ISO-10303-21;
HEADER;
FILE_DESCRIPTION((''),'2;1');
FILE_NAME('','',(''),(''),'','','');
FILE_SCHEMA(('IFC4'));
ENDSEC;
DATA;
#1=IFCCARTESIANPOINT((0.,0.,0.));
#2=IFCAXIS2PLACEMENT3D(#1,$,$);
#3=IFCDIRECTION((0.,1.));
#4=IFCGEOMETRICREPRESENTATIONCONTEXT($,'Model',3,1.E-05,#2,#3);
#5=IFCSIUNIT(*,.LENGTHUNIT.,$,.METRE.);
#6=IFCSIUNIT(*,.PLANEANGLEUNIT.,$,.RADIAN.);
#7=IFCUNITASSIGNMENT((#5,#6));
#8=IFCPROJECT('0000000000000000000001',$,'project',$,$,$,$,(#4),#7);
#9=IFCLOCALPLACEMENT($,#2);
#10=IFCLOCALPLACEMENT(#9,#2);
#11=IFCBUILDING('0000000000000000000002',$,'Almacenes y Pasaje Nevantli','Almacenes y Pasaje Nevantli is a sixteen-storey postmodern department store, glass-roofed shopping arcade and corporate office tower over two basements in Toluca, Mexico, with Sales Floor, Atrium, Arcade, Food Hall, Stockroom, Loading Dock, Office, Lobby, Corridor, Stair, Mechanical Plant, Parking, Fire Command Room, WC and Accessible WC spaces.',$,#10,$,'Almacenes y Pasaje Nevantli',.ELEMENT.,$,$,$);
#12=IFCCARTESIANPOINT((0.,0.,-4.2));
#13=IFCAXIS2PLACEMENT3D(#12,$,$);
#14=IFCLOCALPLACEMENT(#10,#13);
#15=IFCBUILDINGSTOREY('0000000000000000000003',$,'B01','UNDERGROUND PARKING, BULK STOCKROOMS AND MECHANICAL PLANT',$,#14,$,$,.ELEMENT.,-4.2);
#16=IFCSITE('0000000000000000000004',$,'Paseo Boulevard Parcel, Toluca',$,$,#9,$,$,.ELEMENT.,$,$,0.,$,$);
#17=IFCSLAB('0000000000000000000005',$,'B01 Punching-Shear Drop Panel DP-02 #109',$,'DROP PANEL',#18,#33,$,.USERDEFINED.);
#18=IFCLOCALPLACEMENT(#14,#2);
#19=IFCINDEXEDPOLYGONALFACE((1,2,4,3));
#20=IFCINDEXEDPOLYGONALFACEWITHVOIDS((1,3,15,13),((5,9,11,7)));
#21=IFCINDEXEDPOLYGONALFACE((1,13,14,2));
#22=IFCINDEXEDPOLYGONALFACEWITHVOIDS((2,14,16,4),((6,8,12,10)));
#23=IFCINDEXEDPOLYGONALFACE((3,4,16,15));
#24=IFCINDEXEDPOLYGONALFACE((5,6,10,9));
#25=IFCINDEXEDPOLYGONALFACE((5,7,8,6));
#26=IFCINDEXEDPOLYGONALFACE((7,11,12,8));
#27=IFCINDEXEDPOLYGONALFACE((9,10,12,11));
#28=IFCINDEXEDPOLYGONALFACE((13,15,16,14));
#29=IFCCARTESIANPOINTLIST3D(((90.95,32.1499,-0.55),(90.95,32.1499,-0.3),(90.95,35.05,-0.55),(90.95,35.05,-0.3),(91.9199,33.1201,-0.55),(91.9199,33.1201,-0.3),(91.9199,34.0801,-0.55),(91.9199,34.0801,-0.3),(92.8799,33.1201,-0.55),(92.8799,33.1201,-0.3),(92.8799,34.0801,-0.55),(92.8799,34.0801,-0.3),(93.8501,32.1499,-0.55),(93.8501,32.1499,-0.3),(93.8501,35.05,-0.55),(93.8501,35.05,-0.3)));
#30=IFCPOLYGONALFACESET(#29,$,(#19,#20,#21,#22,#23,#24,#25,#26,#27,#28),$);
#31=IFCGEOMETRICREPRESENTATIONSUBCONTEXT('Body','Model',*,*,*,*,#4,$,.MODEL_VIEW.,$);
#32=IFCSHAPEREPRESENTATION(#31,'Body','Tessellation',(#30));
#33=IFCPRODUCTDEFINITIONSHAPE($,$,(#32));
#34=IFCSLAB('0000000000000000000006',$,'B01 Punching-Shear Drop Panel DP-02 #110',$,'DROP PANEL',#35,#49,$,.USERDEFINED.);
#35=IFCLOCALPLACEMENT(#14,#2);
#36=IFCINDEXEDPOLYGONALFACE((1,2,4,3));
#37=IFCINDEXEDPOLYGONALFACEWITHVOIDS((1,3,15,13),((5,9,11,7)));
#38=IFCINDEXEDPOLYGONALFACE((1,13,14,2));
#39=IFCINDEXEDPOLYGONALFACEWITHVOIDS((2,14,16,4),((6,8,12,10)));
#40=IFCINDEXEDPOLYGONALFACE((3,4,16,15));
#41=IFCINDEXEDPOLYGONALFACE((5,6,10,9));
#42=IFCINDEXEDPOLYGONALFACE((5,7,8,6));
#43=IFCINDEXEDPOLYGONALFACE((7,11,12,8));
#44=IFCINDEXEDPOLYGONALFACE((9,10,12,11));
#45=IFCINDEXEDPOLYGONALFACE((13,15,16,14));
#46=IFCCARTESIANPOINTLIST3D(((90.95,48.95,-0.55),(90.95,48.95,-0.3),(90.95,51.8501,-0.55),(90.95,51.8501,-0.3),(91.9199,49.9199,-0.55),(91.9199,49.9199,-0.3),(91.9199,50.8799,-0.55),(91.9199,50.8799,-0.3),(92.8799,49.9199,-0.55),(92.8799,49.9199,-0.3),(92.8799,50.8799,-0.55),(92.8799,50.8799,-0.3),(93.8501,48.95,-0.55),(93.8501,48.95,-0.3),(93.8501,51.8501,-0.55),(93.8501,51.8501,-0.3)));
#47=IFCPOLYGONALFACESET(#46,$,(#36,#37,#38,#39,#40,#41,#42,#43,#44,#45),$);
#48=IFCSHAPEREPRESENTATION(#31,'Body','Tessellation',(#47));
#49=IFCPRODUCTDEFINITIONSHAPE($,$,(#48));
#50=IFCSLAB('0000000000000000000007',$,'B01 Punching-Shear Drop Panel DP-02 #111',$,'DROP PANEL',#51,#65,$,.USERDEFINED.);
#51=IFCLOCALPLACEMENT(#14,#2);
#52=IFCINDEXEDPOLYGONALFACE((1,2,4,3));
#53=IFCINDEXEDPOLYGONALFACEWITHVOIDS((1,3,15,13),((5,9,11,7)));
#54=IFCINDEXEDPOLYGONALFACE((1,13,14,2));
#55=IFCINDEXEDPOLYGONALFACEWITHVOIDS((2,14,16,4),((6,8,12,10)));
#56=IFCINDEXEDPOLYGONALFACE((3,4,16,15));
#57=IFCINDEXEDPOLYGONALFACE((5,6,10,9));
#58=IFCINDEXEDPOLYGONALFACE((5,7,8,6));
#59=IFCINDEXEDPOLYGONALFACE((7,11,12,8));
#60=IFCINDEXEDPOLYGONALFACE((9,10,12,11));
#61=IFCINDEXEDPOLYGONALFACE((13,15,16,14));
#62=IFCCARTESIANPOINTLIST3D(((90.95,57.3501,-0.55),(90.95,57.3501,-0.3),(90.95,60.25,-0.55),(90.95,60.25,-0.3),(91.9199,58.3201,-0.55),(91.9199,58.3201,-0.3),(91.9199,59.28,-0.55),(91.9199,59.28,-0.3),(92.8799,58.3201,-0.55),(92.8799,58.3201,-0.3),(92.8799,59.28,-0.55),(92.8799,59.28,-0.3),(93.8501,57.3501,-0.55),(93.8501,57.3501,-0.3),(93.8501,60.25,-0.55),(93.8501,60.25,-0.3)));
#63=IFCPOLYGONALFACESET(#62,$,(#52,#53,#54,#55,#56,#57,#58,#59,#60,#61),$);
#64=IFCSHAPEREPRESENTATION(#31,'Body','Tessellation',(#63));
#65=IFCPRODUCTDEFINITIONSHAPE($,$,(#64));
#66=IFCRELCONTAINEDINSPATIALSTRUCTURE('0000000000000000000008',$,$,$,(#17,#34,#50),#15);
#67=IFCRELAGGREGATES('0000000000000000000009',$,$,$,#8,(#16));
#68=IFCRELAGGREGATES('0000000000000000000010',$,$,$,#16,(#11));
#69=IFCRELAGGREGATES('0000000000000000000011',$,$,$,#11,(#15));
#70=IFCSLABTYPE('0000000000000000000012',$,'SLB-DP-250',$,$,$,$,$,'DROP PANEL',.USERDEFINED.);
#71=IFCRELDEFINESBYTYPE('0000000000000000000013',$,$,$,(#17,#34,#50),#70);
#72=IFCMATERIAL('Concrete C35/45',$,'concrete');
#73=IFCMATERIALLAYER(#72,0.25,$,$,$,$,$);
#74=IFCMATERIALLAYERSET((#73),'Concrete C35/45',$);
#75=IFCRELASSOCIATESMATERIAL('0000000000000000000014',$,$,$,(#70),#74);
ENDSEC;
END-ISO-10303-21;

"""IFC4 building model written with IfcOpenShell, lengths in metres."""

from ifc_helpers import new_model, si_unit, direction, frame, origin, place, context, subcontext, project, spatial, polyline, outline, extrude, material, layer, layer_set, type_object, element, save


model = new_model("IFC4")

# Units and contexts
model_context = context("Model", 3, precision=1e-05, world=origin(), true_north=direction((0.0, 1.0)))
body_context = subcontext(model_context, "Body", "Model", "MODEL_VIEW")
ifc_project = project(units=[si_unit("LENGTHUNIT", "METRE"), si_unit("PLANEANGLEUNIT", "RADIAN")], contexts=[model_context])

# Site, building, storey
site_placement = place(None, origin())
site = spatial("IfcSite", under=ifc_project, at=site_placement, Name="Paseo Boulevard Parcel, Toluca", CompositionType="ELEMENT", RefElevation=0.0)
building_placement = place(site_placement, origin())
building = spatial("IfcBuilding", under=site, at=building_placement, Name="Almacenes y Pasaje Nevantli", Description="Almacenes y Pasaje Nevantli is a sixteen-storey postmodern department store, glass-roofed shopping arcade and corporate office tower over two basements in Toluca, Mexico, with Sales Floor, Atrium, Arcade, Food Hall, Stockroom, Loading Dock, Office, Lobby, Corridor, Stair, Mechanical Plant, Parking, Fire Command Room, WC and Accessible WC spaces.", LongName="Almacenes y Pasaje Nevantli", CompositionType="ELEMENT")
storey_placement = place(building_placement, frame((0.0, 0.0, -4.2)))
storey = spatial("IfcBuildingStorey", under=building, at=storey_placement, Name="B01", Description="UNDERGROUND PARKING, BULK STOCKROOMS AND MECHANICAL PLANT", CompositionType="ELEMENT", Elevation=-4.2)

# Slabs
ifc_material = material(Name="Concrete C35/45", Category="concrete")
ifc_layer = layer(ifc_material, 0.25)
ifc_layer_set = layer_set([ifc_layer], Name="Concrete C35/45")
slab_type = type_object("IfcSlabType", Name="SLB-DP-250", ElementType="DROP PANEL", PredefinedType="USERDEFINED", material=ifc_layer_set)
slab_1_placement = place(storey_placement, frame((0.0, 0.0, -0.55)))
element("IfcSlab", 1, at=slab_1_placement, inside=storey, type_object=slab_type, Name="B01 Punching-Shear Drop Panel DP-02 #109", ObjectType="DROP PANEL", PredefinedType="USERDEFINED", context=body_context, shape_type="SweptSolid", body=[
    extrude(outline(polyline([(90.95, 32.1499), (93.8501, 32.1499), (93.8501, 35.05), (90.95, 35.05), (90.95, 32.1499)]), holes=[polyline([(91.9199, 33.1201), (92.8799, 33.1201), (92.8799, 34.0801), (91.9199, 34.0801), (91.9199, 33.1201)])]), origin(), (0.0, 0.0, 1.0), 0.25),
])
slab_2_placement = place(storey_placement, frame((0.0, 0.0, -0.55)))
element("IfcSlab", 2, at=slab_2_placement, inside=storey, type_object=slab_type, Name="B01 Punching-Shear Drop Panel DP-02 #110", ObjectType="DROP PANEL", PredefinedType="USERDEFINED", context=body_context, shape_type="SweptSolid", body=[
    extrude(outline(polyline([(90.95, 48.95), (93.8501, 48.95), (93.8501, 51.8501), (90.95, 51.8501), (90.95, 48.95)]), holes=[polyline([(91.9199, 49.9199), (92.8799, 49.9199), (92.8799, 50.8799), (91.9199, 50.8799), (91.9199, 49.9199)])]), origin(), (0.0, 0.0, 1.0), 0.25),
])
slab_3_placement = place(storey_placement, frame((0.0, 0.0, -0.55)))
element("IfcSlab", 3, at=slab_3_placement, inside=storey, type_object=slab_type, Name="B01 Punching-Shear Drop Panel DP-02 #111", ObjectType="DROP PANEL", PredefinedType="USERDEFINED", context=body_context, shape_type="SweptSolid", body=[
    extrude(outline(polyline([(90.95, 57.3501), (93.8501, 57.3501), (93.8501, 60.25), (90.95, 60.25), (90.95, 57.3501)]), holes=[polyline([(91.9199, 58.3201), (92.8799, 58.3201), (92.8799, 59.28), (91.9199, 59.28), (91.9199, 58.3201)])]), origin(), (0.0, 0.0, 1.0), 0.25),
])

save(model, "model.ifc")
